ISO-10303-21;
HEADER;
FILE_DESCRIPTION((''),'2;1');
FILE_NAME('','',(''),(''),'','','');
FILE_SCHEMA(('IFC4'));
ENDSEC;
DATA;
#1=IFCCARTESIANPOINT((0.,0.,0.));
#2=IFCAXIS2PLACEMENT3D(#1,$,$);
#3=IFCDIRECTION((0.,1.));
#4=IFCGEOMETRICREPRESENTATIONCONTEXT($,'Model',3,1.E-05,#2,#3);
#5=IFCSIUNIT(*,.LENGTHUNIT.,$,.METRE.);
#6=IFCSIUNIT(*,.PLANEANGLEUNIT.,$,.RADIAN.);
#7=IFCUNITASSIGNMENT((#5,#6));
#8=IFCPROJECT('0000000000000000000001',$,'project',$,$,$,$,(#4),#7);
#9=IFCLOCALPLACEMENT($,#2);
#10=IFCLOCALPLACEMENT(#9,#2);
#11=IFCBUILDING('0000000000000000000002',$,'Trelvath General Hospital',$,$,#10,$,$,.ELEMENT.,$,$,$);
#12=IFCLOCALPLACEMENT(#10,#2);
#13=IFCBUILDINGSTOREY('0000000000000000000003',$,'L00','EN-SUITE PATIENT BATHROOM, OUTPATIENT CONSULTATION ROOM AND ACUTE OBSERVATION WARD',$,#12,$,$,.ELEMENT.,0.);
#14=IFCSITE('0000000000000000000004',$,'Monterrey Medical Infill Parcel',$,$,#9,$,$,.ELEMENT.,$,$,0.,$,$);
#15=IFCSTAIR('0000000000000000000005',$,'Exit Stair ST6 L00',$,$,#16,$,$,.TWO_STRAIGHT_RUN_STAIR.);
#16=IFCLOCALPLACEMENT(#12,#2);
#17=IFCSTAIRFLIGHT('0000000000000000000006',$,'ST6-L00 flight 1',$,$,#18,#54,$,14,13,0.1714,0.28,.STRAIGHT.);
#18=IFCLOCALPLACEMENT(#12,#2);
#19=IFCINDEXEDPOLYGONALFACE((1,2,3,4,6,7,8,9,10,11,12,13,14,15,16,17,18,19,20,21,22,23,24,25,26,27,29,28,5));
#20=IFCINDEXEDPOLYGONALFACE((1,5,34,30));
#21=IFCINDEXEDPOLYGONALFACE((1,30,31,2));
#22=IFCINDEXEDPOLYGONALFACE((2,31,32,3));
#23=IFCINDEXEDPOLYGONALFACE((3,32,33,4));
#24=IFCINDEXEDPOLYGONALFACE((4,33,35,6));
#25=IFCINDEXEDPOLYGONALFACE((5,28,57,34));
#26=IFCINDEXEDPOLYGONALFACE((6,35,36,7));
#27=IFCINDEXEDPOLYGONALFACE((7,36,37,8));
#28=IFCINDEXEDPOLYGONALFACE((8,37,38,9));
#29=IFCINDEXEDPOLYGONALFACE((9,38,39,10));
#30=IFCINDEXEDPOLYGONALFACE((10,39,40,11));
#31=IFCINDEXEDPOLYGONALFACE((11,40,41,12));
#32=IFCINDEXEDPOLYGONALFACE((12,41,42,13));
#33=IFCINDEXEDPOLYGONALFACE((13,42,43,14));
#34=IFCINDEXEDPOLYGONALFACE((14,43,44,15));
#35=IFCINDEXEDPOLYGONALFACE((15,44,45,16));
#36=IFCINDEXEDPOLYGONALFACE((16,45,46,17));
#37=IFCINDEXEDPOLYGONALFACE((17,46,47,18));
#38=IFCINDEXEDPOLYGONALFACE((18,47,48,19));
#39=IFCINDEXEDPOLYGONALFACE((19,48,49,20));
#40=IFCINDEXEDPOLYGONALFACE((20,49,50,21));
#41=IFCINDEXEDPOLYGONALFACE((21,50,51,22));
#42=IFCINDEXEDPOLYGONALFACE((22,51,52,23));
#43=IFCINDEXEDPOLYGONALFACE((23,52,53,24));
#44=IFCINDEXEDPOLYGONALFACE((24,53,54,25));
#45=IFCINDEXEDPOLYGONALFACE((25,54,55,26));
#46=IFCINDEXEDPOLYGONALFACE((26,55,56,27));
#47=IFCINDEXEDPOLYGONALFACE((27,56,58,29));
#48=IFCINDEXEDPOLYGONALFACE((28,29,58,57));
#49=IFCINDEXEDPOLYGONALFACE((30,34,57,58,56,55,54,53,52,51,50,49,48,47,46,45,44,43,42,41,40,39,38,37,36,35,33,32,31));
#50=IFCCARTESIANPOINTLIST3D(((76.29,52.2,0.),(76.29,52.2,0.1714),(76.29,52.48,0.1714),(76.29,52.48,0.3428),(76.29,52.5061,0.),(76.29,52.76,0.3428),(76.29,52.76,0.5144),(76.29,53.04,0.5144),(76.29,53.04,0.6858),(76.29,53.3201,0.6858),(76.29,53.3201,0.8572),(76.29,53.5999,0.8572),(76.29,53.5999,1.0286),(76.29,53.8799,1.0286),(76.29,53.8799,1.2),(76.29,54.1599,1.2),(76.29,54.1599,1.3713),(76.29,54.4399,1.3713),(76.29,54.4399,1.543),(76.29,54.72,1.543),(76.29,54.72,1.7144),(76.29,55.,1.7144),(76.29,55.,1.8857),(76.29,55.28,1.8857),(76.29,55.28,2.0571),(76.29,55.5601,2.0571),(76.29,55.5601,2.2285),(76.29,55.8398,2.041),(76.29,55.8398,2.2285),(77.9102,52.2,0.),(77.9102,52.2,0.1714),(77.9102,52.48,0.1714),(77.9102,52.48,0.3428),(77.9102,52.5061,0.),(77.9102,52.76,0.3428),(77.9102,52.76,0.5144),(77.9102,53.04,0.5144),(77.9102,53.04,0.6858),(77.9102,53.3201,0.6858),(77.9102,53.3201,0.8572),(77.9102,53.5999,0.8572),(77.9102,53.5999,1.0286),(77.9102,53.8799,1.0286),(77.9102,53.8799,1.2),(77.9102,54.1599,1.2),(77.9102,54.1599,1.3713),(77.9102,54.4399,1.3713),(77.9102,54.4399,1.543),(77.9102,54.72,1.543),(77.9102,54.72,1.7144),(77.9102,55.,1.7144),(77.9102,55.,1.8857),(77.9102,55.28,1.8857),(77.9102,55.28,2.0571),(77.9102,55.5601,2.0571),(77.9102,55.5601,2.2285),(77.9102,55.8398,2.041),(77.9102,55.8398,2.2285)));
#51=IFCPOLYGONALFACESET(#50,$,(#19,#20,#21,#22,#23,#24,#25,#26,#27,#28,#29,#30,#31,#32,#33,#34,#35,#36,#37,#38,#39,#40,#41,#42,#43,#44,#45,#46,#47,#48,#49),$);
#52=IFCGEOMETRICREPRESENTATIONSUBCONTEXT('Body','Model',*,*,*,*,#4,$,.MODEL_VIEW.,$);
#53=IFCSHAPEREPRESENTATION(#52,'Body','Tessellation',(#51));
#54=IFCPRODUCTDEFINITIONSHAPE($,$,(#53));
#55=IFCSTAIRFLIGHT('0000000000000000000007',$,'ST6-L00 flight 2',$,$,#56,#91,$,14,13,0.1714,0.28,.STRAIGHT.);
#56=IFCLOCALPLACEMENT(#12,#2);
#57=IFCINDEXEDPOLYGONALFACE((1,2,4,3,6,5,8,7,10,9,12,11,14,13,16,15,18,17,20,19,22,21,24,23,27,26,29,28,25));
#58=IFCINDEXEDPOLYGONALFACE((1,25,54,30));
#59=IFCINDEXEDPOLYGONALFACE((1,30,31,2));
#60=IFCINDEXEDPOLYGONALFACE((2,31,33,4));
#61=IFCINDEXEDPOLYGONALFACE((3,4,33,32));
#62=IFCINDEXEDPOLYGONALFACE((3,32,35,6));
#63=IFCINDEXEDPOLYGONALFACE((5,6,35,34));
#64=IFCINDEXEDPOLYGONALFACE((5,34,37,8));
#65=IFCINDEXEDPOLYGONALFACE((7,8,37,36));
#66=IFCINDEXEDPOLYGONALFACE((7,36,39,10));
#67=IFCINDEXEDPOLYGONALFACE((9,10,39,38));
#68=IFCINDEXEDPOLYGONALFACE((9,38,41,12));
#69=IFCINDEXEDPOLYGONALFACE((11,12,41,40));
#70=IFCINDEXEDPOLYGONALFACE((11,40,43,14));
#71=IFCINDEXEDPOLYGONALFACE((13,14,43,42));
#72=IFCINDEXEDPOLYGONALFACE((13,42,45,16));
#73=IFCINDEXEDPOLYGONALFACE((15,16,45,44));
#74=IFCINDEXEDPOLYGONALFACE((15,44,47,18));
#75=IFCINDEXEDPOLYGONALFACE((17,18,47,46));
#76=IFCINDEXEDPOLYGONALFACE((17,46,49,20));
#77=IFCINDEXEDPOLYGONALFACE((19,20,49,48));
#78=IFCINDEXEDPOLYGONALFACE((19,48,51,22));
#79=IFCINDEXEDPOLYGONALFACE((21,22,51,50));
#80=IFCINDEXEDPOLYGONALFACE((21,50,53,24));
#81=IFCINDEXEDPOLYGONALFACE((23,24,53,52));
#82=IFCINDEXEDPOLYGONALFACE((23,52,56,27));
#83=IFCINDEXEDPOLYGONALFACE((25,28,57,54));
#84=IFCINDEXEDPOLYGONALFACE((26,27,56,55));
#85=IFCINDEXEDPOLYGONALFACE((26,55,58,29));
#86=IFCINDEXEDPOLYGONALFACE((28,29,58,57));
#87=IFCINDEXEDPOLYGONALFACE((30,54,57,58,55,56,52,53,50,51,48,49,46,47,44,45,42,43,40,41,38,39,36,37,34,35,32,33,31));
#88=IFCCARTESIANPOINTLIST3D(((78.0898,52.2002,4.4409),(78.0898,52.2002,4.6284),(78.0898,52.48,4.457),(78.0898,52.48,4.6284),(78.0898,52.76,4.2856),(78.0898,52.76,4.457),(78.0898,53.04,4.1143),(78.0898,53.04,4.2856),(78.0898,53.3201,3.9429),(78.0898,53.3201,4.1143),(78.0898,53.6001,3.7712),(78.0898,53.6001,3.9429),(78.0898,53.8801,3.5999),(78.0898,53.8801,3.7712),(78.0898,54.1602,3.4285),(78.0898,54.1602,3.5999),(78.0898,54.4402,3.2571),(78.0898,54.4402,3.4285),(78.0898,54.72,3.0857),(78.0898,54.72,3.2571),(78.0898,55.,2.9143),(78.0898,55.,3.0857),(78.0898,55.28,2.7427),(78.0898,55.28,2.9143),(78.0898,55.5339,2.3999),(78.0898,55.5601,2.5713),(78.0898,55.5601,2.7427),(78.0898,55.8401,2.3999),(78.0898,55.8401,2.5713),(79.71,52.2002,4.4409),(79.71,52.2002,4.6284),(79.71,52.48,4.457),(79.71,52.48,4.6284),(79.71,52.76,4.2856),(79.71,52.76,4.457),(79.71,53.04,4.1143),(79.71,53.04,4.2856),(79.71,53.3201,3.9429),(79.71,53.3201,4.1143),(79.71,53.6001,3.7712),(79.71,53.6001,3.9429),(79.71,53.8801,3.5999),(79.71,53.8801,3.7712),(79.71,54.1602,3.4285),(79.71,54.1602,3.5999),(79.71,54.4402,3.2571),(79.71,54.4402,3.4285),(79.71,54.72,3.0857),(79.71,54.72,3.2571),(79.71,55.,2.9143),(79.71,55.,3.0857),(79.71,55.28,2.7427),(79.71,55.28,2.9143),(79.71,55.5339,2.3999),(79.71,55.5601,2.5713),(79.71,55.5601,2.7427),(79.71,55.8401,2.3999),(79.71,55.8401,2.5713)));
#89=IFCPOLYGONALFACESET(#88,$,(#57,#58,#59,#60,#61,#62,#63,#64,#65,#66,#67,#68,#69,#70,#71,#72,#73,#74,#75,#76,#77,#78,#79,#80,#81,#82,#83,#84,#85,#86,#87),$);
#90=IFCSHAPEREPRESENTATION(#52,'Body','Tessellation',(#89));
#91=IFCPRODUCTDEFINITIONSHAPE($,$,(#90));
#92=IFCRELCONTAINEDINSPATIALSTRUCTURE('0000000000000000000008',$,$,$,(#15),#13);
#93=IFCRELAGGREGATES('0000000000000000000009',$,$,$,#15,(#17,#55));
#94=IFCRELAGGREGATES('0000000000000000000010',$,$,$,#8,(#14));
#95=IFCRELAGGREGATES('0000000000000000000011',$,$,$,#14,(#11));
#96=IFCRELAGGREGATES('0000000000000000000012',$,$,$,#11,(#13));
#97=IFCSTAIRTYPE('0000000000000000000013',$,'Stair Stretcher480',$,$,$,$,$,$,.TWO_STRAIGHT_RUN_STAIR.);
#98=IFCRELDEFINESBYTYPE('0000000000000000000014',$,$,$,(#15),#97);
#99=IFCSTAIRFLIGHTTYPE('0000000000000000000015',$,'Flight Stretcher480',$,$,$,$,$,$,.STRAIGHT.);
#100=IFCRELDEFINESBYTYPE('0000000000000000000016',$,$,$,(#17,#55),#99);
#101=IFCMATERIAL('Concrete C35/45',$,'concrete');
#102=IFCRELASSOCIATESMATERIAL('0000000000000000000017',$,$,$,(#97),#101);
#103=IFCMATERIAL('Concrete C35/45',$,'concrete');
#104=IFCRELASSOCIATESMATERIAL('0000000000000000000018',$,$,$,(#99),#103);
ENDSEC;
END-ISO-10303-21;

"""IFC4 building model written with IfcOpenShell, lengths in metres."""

from ifc_helpers import new_model, si_unit, direction, frame, origin, place, context, subcontext, project, spatial, polyline, outline, extrude, material, type_object, element, aggregate, save


model = new_model("IFC4")

# Units and contexts
model_context = context("Model", 3, precision=1e-05, world=origin(), true_north=direction((0.0, 1.0)))
body_context = subcontext(model_context, "Body", "Model", "MODEL_VIEW")
ifc_project = project(units=[si_unit("LENGTHUNIT", "METRE"), si_unit("PLANEANGLEUNIT", "RADIAN")], contexts=[model_context])

# Site, building, storey
site_placement = place(None, origin())
site = spatial("IfcSite", under=ifc_project, at=site_placement, Name="Monterrey Medical Infill Parcel", CompositionType="ELEMENT", RefElevation=0.0)
building_placement = place(site_placement, origin())
building = spatial("IfcBuilding", under=site, at=building_placement, Name="Trelvath General Hospital", CompositionType="ELEMENT")
storey_placement = place(building_placement, origin())
storey = spatial("IfcBuildingStorey", under=building, at=storey_placement, Name="L00", Description="EN-SUITE PATIENT BATHROOM, OUTPATIENT CONSULTATION ROOM AND ACUTE OBSERVATION WARD", CompositionType="ELEMENT", Elevation=0.0)

# Stair, stair flights
ifc_material_1 = material(Name="Concrete C35/45", Category="concrete")
stair_type = type_object("IfcStairType", Name="Stair Stretcher480", PredefinedType="TWO_STRAIGHT_RUN_STAIR", material=ifc_material_1)
stair_placement = place(storey_placement, origin())
stair = element("IfcStair", 1, at=stair_placement, inside=storey, type_object=stair_type, Name="Exit Stair ST6 L00", PredefinedType="TWO_STRAIGHT_RUN_STAIR")
ifc_material_2 = material(Name="Concrete C35/45", Category="concrete")
stair_flight_type = type_object("IfcStairFlightType", Name="Flight Stretcher480", PredefinedType="STRAIGHT", material=ifc_material_2)
stair_flight_1_placement = place(storey_placement, frame((77.1001, 52.2, 0.0), z_axis=(0.0, 0.0, 1.0), x_axis=(0.0, 1.0, 0.0)))
stair_flight_1 = element("IfcStairFlight", 2, at=stair_flight_1_placement, type_object=stair_flight_type, Name="ST6-L00 flight 1", NumberOfRisers=14, NumberOfTreads=13, PredefinedType="STRAIGHT", RiserHeight=0.1714, TreadLength=0.28, context=body_context, shape_type="SweptSolid", body=[
    extrude(outline(polyline([(0.0, 0.0), (0.0, 0.1714), (0.28, 0.1714), (0.28, 0.3428), (0.5601, 0.3428), (0.5601, 0.5144), (0.8401, 0.5144), (0.8401, 0.6858), (1.1201, 0.6858), (1.1201, 0.8572), (1.3999, 0.8572), (1.3999, 1.0286), (1.6799, 1.0286), (1.6799, 1.2), (1.96, 1.2), (1.96, 1.3713), (2.24, 1.3713), (2.24, 1.543), (2.52, 1.543), (2.52, 1.7144), (2.8, 1.7144), (2.8, 1.8857), (3.0801, 1.8857), (3.0801, 2.0571), (3.3601, 2.0571), (3.3601, 2.2285), (3.6399, 2.2285), (3.6399, 2.3999), (3.6399, 2.041), (0.3062, 0.0), (0.0, 0.0)])), frame((0.0, 0.8101, 0.0), z_axis=(0.0, -1.0, 0.0), x_axis=(1.0, 0.0, 0.0)), (0.0, 0.0, 1.0), 1.6201),
])
stair_flight_2_placement = place(storey_placement, frame((78.8999, 55.8401, 2.3999), z_axis=(0.0, 0.0, 1.0), x_axis=(0.0, -1.0, 0.0)))
stair_flight_2 = element("IfcStairFlight", 3, at=stair_flight_2_placement, type_object=stair_flight_type, Name="ST6-L00 flight 2", NumberOfRisers=14, NumberOfTreads=13, PredefinedType="STRAIGHT", RiserHeight=0.1714, TreadLength=0.28, context=body_context, shape_type="SweptSolid", body=[
    extrude(outline(polyline([(0.0, 0.0), (0.0, 0.1714), (0.28, 0.1714), (0.28, 0.3428), (0.5601, 0.3428), (0.5601, 0.5144), (0.8401, 0.5144), (0.8401, 0.6858), (1.1201, 0.6858), (1.1201, 0.8572), (1.3999, 0.8572), (1.3999, 1.0286), (1.6799, 1.0286), (1.6799, 1.2), (1.96, 1.2), (1.96, 1.3713), (2.24, 1.3713), (2.24, 1.543), (2.52, 1.543), (2.52, 1.7144), (2.8, 1.7144), (2.8, 1.8857), (3.0801, 1.8857), (3.0801, 2.0571), (3.3601, 2.0571), (3.3601, 2.2285), (3.6399, 2.2285), (3.6399, 2.3999), (3.6399, 2.041), (0.3062, 0.0), (0.0, 0.0)])), frame((0.0, 0.8101, 0.0), z_axis=(0.0, -1.0, 0.0), x_axis=(1.0, 0.0, 0.0)), (0.0, 0.0, 1.0), 1.6201),
])
aggregate(stair, [stair_flight_1, stair_flight_2])

save(model, "model.ifc")
